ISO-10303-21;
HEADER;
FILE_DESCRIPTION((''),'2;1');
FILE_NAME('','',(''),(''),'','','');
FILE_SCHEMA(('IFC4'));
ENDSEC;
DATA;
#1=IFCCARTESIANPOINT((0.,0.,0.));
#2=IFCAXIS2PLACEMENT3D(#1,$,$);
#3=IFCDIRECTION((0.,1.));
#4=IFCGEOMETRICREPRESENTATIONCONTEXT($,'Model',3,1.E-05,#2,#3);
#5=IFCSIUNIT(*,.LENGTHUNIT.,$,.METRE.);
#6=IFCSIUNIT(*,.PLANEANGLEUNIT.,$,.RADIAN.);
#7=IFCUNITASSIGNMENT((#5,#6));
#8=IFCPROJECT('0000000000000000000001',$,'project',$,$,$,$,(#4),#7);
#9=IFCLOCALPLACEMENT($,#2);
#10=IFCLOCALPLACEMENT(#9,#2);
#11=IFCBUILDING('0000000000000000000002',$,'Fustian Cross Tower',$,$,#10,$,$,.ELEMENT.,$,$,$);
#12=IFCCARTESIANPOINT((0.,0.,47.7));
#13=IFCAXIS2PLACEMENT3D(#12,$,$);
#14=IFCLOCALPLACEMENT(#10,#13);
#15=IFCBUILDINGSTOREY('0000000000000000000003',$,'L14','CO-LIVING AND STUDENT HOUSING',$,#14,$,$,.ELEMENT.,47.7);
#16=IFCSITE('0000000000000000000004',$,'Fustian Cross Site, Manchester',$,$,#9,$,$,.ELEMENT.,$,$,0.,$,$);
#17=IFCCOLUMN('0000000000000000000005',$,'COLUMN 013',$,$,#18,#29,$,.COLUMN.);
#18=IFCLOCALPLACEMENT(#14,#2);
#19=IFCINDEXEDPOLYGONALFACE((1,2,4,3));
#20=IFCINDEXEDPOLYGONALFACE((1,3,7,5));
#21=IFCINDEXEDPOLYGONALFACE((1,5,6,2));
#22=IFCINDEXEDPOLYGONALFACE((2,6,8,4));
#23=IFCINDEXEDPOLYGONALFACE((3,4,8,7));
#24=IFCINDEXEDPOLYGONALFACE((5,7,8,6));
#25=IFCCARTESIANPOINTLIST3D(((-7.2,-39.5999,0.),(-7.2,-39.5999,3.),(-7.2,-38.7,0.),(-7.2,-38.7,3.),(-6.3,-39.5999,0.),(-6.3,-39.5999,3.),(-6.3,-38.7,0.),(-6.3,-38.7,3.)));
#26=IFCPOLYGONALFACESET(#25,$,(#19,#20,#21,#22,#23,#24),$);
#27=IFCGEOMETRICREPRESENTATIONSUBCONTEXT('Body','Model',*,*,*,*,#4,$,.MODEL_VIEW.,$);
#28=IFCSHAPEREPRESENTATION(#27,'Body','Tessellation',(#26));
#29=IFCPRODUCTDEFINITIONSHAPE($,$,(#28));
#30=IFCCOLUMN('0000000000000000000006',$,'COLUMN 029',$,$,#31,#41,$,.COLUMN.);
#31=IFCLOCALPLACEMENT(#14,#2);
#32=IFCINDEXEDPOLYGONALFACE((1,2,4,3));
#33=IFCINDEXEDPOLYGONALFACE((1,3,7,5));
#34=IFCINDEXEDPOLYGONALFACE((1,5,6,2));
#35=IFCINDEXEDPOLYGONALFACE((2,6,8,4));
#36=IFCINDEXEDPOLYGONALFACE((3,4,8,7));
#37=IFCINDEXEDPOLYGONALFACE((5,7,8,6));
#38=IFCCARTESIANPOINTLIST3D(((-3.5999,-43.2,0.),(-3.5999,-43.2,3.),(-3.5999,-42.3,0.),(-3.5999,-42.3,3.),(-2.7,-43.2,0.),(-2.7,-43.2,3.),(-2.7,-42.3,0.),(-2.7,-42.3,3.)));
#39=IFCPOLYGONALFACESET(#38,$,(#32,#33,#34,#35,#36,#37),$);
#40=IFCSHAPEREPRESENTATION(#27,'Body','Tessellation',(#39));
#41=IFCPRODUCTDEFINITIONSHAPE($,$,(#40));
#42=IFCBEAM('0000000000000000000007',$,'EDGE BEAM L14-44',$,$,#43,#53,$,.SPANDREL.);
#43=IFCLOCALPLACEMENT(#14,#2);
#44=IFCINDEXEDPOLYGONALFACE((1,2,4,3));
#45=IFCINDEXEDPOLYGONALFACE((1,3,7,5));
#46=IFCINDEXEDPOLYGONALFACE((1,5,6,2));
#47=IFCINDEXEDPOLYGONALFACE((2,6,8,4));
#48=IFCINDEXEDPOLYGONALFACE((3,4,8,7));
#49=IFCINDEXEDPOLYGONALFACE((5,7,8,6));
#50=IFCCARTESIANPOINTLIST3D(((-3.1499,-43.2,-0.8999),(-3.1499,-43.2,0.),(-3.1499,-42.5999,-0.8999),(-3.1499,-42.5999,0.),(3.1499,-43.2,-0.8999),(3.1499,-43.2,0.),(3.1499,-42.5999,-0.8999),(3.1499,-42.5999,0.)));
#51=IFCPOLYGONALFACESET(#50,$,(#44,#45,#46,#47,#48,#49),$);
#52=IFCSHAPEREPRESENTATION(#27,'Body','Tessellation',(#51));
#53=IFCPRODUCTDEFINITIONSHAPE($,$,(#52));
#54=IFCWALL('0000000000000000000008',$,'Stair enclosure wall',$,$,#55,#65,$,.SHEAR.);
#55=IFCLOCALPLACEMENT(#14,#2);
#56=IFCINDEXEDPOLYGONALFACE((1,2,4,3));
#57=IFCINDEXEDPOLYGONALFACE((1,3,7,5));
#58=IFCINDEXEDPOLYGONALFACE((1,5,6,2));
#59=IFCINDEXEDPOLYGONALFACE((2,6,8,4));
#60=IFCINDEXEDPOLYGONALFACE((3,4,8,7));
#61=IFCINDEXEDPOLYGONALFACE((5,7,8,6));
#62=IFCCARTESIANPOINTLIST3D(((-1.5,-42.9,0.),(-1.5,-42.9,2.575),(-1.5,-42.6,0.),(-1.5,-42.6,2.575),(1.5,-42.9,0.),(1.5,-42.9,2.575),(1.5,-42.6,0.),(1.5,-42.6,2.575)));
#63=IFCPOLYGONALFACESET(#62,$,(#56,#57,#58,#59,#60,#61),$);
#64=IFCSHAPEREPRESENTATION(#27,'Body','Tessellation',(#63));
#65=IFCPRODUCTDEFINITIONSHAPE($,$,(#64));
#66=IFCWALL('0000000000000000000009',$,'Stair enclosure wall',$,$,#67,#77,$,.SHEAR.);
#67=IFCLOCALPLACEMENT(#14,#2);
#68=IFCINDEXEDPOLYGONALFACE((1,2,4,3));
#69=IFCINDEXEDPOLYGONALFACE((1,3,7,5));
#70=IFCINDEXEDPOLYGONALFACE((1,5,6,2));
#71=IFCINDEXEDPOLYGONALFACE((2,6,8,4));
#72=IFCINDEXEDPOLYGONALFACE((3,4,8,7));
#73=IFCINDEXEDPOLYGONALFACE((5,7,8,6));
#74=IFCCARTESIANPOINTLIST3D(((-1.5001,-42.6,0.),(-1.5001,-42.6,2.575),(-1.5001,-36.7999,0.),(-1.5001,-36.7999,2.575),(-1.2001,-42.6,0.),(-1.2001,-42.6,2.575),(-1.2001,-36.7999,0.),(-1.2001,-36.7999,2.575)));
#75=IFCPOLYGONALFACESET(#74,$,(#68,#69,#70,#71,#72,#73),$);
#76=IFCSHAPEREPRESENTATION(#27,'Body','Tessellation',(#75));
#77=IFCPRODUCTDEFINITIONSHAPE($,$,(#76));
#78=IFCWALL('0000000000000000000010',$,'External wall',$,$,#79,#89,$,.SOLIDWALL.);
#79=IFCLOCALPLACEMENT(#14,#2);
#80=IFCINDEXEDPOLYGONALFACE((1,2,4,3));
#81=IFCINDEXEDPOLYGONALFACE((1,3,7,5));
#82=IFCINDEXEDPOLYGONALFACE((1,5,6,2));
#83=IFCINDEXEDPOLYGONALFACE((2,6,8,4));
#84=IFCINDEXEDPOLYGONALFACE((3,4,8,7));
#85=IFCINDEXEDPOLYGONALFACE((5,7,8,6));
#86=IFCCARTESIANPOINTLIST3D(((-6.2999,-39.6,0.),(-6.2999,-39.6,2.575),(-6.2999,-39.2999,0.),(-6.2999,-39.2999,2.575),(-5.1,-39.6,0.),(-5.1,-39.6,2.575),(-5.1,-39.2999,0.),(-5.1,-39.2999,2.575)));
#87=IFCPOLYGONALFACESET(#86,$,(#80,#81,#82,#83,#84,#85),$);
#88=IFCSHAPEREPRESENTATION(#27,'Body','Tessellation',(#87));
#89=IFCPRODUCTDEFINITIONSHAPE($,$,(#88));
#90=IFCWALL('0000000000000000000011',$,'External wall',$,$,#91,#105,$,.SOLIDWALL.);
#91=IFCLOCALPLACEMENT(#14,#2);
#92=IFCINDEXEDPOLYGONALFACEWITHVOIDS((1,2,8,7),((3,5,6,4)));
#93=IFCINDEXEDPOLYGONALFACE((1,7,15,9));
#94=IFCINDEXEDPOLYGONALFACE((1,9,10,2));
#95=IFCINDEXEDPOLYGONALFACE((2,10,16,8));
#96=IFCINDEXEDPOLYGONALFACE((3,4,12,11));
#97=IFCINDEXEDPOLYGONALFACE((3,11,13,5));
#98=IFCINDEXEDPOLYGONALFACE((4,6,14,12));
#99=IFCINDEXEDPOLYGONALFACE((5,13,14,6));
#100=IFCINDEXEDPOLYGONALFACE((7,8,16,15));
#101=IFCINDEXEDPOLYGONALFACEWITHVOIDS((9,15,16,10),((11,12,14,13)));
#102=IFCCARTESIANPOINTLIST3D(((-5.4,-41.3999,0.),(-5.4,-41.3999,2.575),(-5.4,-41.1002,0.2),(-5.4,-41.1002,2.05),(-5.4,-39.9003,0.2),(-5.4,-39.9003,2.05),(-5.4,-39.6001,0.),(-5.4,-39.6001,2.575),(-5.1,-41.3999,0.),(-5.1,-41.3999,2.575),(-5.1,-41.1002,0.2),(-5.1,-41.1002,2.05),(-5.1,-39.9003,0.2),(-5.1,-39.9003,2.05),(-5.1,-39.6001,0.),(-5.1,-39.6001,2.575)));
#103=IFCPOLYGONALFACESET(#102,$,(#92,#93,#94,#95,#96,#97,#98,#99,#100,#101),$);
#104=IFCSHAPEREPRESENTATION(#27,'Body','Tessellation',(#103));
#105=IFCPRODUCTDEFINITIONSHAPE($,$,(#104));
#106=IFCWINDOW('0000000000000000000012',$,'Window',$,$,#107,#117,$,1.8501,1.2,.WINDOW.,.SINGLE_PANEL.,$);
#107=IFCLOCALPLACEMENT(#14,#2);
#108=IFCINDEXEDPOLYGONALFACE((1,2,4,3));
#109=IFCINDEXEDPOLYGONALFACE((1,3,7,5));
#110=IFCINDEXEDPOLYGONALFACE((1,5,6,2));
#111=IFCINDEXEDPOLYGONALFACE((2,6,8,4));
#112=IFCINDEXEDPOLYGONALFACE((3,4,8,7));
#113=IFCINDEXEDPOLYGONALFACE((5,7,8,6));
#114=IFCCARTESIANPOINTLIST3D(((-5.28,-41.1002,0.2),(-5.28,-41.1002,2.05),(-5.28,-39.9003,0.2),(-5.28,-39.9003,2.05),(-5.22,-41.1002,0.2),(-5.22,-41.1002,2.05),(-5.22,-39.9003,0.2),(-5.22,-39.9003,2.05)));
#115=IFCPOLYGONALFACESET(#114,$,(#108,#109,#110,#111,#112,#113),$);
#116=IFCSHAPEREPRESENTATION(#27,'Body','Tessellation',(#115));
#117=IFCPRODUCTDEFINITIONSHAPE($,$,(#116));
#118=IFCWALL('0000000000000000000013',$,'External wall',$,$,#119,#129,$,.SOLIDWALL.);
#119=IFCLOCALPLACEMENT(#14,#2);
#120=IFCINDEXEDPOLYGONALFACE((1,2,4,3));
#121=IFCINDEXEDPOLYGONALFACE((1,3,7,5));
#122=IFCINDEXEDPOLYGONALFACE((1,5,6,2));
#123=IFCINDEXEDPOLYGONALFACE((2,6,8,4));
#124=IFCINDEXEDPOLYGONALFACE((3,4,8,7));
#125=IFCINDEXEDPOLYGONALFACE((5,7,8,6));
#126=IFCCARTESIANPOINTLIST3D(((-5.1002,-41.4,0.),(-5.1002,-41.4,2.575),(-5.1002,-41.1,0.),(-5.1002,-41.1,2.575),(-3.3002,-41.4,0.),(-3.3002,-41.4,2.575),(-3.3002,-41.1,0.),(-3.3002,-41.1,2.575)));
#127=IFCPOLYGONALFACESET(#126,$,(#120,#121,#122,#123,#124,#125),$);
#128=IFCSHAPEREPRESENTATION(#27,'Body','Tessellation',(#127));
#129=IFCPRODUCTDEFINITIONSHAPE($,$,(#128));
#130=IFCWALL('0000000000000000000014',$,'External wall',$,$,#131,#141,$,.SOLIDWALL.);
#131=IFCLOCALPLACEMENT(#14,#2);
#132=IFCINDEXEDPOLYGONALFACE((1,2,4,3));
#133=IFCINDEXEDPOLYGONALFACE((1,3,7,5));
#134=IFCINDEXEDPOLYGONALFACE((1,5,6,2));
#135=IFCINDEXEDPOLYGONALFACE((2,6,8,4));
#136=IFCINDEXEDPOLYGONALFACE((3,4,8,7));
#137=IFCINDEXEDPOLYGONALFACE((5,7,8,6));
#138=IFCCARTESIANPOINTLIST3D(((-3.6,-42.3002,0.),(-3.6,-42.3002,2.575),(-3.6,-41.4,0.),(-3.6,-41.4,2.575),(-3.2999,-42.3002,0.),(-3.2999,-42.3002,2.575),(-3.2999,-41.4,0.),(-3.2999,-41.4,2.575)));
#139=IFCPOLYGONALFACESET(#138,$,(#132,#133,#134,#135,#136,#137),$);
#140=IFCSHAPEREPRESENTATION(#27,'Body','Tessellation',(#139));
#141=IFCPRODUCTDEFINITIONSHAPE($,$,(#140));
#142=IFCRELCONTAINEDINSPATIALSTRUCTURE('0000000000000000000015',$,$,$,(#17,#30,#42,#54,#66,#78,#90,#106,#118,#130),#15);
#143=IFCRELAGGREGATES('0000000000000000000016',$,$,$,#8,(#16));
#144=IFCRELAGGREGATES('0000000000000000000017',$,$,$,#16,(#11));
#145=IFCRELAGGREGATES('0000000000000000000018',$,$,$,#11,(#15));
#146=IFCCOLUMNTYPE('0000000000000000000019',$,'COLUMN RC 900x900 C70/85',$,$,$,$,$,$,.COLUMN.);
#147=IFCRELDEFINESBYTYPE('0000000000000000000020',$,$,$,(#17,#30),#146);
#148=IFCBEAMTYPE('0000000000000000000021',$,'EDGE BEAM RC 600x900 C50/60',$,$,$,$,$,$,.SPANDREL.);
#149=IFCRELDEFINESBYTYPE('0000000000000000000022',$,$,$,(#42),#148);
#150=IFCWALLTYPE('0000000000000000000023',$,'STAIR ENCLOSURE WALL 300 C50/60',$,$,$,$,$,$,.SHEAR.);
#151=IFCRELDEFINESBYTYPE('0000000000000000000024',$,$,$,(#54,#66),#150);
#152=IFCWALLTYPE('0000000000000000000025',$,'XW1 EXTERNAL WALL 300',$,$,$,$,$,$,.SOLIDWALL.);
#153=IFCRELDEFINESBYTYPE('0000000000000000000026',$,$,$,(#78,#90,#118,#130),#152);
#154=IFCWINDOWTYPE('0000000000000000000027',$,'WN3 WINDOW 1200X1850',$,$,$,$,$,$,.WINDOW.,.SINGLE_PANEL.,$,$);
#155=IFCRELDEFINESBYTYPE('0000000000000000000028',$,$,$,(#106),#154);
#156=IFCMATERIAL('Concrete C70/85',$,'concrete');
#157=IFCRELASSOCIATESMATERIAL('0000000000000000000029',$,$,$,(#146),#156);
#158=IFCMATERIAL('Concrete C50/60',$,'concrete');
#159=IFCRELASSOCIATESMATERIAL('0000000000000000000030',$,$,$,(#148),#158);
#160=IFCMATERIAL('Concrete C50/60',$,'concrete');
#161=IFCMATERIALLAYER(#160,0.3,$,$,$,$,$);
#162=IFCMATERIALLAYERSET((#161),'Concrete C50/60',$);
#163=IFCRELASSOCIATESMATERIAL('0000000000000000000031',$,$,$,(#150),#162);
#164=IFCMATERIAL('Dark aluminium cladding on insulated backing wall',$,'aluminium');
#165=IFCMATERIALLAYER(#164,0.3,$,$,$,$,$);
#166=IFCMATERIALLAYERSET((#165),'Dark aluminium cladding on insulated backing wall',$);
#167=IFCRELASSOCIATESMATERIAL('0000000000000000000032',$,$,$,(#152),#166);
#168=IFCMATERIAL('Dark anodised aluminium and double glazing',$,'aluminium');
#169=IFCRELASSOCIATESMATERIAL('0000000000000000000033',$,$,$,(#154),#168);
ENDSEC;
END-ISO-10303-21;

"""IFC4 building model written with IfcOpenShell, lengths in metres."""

from ifc_helpers import new_model, si_unit, direction, frame, frame_2d, origin, origin_2d, place, context, subcontext, project, spatial, rectangle, extrude, material, layer, layer_set, material_profile, profile_set, type_object, element, fill, save


model = new_model("IFC4")

# Units and contexts
model_context = context("Model", 3, precision=1e-05, world=origin(), true_north=direction((0.0, 1.0)))
body_context = subcontext(model_context, "Body", "Model", "MODEL_VIEW")
ifc_project = project(units=[si_unit("LENGTHUNIT", "METRE"), si_unit("PLANEANGLEUNIT", "RADIAN")], contexts=[model_context])

# Site, building, storey
site_placement = place(None, origin())
site = spatial("IfcSite", under=ifc_project, at=site_placement, Name="Fustian Cross Site, Manchester", CompositionType="ELEMENT", RefElevation=0.0)
building_placement = place(site_placement, origin())
building = spatial("IfcBuilding", under=site, at=building_placement, Name="Fustian Cross Tower", CompositionType="ELEMENT")
storey_placement = place(building_placement, frame((0.0, 0.0, 47.7)))
storey = spatial("IfcBuildingStorey", under=building, at=storey_placement, Name="L14", Description="CO-LIVING AND STUDENT HOUSING", CompositionType="ELEMENT", Elevation=47.7)

# Columns
ifc_material_1 = material(Name="Concrete C70/85", Category="concrete")
ifc_material_profile_1 = material_profile(ifc_material_1, rectangle(XDim=0.8999, YDim=0.8999, at=origin_2d()), Name="RC 900x900")
ifc_profile_set_1 = profile_set([ifc_material_profile_1], Name="Concrete C70/85")
column_type = type_object("IfcColumnType", Name="COLUMN RC 900x900 C70/85", PredefinedType="COLUMN", material=ifc_profile_set_1)
for number, where, z_axis, x_axis, name in (
    (1, (-6.75, -39.1499, 0.0), (0.0, 0.0, 1.0), (1.0, 0.0, 0.0), "COLUMN 013"),
    (2, (-3.1499, -42.75, 0.0), (0.0, 0.0, 1.0), (1.0, 0.0, 0.0), "COLUMN 029"),
):
    element("IfcColumn", number, at=place(storey_placement, frame(where, z_axis=z_axis, x_axis=x_axis)), inside=storey, type_object=column_type, Name=name, PredefinedType="COLUMN", context=body_context, shape_type="SweptSolid", body=[
        extrude(rectangle(XDim=0.8999, YDim=0.8999, at=origin_2d()), origin(), (0.0, 0.0, 1.0), 3.0),
    ])

# Beam
ifc_material_2 = material(Name="Concrete C50/60", Category="concrete")
ifc_material_profile_2 = material_profile(ifc_material_2, rectangle(XDim=0.6001, YDim=0.8999, at=origin_2d()), Name="RC 600x900")
ifc_profile_set_2 = profile_set([ifc_material_profile_2], Name="Concrete C50/60")
beam_type = type_object("IfcBeamType", Name="EDGE BEAM RC 600x900 C50/60", PredefinedType="SPANDREL", material=ifc_profile_set_2)
beam_placement = place(storey_placement, frame((-3.1499, -42.8999, -0.45), z_axis=(1.0, 0.0, 0.0), x_axis=(0.0, 1.0, 0.0)))
element("IfcBeam", 3, at=beam_placement, inside=storey, type_object=beam_type, Name="EDGE BEAM L14-44", PredefinedType="SPANDREL", context=body_context, shape_type="SweptSolid", body=[
    extrude(rectangle(XDim=0.6001, YDim=0.8999, at=origin_2d()), origin(), (0.0, 0.0, 1.0), 6.2998),
])

# Walls
ifc_material_3 = material(Name="Concrete C50/60", Category="concrete")
ifc_layer_1 = layer(ifc_material_3, 0.3)
ifc_layer_set_1 = layer_set([ifc_layer_1], Name="Concrete C50/60")
wall_type_1 = type_object("IfcWallType", Name="STAIR ENCLOSURE WALL 300 C50/60", PredefinedType="SHEAR", material=ifc_layer_set_1)
wall_1_placement = place(storey_placement, frame((-1.5, -42.75, 0.0), z_axis=(0.0, 0.0, 1.0), x_axis=(1.0, 0.0, 0.0)))
element("IfcWall", 4, at=wall_1_placement, inside=storey, type_object=wall_type_1, Name="Stair enclosure wall", PredefinedType="SHEAR", context=body_context, shape_type="SweptSolid", body=[
    extrude(rectangle(XDim=3.0, YDim=0.3, at=frame_2d((1.5, 0.0))), origin(), (0.0, 0.0, 1.0), 2.575),
])
wall_2_placement = place(storey_placement, frame((-1.3501, -36.8, 0.0), z_axis=(0.0, 0.0, 1.0), x_axis=(0.0, -1.0, 0.0)))
element("IfcWall", 5, at=wall_2_placement, inside=storey, type_object=wall_type_1, Name="Stair enclosure wall", PredefinedType="SHEAR", context=body_context, shape_type="SweptSolid", body=[
    extrude(rectangle(XDim=5.8, YDim=0.3, at=frame_2d((2.8999, 0.0))), origin(), (0.0, 0.0, 1.0), 2.575),
])
ifc_material_4 = material(Name="Dark aluminium cladding on insulated backing wall", Category="aluminium")
ifc_layer_2 = layer(ifc_material_4, 0.3)
ifc_layer_set_2 = layer_set([ifc_layer_2], Name="Dark aluminium cladding on insulated backing wall")
wall_type_2 = type_object("IfcWallType", Name="XW1 EXTERNAL WALL 300", PredefinedType="SOLIDWALL", material=ifc_layer_set_2)
wall_3_placement = place(storey_placement, frame((-6.3, -39.45, 0.0), z_axis=(0.0, 0.0, 1.0), x_axis=(1.0, 0.0, 0.0)))
element("IfcWall", 6, at=wall_3_placement, inside=storey, type_object=wall_type_2, Name="External wall", PredefinedType="SOLIDWALL", context=body_context, shape_type="SweptSolid", body=[
    extrude(rectangle(XDim=1.2, YDim=0.3, at=frame_2d((0.6001, 0.0))), origin(), (0.0, 0.0, 1.0), 2.575),
])

# Wall, opening, window
wall_4_placement = place(storey_placement, frame((-5.25, -39.6001, 0.0), z_axis=(0.0, 0.0, 1.0), x_axis=(0.0, -1.0, 0.0)))
wall_4 = element("IfcWall", 7, at=wall_4_placement, inside=storey, type_object=wall_type_2, Name="External wall", PredefinedType="SOLIDWALL", context=body_context, shape_type="SweptSolid", body=[
    extrude(rectangle(XDim=1.7998, YDim=0.3, at=frame_2d((0.8999, 0.0))), origin(), (0.0, 0.0, 1.0), 2.575),
])
opening_1_placement = place(wall_4_placement, frame((0.3, 0.0, 0.2)))
opening_1 = element("IfcOpeningElement", 8, at=opening_1_placement, cuts=wall_4, PredefinedType="OPENING", context=body_context, shape_type="SweptSolid", body=[
    extrude(rectangle(XDim=1.2, YDim=1.8501, at=frame_2d((0.6001, 0.925))), frame((0.0, 0.1599, 0.0), z_axis=(0.0, -1.0, 0.0), x_axis=(1.0, 0.0, 0.0)), (0.0, 0.0, 1.0), 0.3201),
])
ifc_material_5 = material(Name="Dark anodised aluminium and double glazing", Category="aluminium")
window_type_1 = type_object("IfcWindowType", Name="WN3 WINDOW 1200X1850", PartitioningType="SINGLE_PANEL", PredefinedType="WINDOW", material=ifc_material_5)
window_1_placement = place(opening_1_placement, origin())
window_1 = element("IfcWindow", 9, at=window_1_placement, inside=storey, type_object=window_type_1, Name="Window", OverallHeight=1.8501, OverallWidth=1.2, PartitioningType="SINGLE_PANEL", PredefinedType="WINDOW", context=body_context, shape_type="SweptSolid", body=[
    extrude(rectangle(XDim=1.2, YDim=1.8501, at=frame_2d((0.6001, 0.925))), frame((0.0, 0.03, 0.0), z_axis=(0.0, -1.0, 0.0), x_axis=(1.0, 0.0, 0.0)), (0.0, 0.0, 1.0), 0.0601),
])
fill(opening_1, window_1)

# Walls
wall_5_placement = place(storey_placement, frame((-5.1001, -41.25, 0.0), z_axis=(0.0, 0.0, 1.0), x_axis=(1.0, 0.0, 0.0)))
element("IfcWall", 10, at=wall_5_placement, inside=storey, type_object=wall_type_2, Name="External wall", PredefinedType="SOLIDWALL", context=body_context, shape_type="SweptSolid", body=[
    extrude(rectangle(XDim=1.8, YDim=0.3, at=frame_2d((0.8999, 0.0))), origin(), (0.0, 0.0, 1.0), 2.575),
])
wall_6_placement = place(storey_placement, frame((-3.45, -41.3999, 0.0), z_axis=(0.0, 0.0, 1.0), x_axis=(0.0, -1.0, 0.0)))
element("IfcWall", 11, at=wall_6_placement, inside=storey, type_object=wall_type_2, Name="External wall", PredefinedType="SOLIDWALL", context=body_context, shape_type="SweptSolid", body=[
    extrude(rectangle(XDim=0.9001, YDim=0.3, at=frame_2d((0.4502, 0.0))), origin(), (0.0, 0.0, 1.0), 2.575),
])

save(model, "model.ifc")
